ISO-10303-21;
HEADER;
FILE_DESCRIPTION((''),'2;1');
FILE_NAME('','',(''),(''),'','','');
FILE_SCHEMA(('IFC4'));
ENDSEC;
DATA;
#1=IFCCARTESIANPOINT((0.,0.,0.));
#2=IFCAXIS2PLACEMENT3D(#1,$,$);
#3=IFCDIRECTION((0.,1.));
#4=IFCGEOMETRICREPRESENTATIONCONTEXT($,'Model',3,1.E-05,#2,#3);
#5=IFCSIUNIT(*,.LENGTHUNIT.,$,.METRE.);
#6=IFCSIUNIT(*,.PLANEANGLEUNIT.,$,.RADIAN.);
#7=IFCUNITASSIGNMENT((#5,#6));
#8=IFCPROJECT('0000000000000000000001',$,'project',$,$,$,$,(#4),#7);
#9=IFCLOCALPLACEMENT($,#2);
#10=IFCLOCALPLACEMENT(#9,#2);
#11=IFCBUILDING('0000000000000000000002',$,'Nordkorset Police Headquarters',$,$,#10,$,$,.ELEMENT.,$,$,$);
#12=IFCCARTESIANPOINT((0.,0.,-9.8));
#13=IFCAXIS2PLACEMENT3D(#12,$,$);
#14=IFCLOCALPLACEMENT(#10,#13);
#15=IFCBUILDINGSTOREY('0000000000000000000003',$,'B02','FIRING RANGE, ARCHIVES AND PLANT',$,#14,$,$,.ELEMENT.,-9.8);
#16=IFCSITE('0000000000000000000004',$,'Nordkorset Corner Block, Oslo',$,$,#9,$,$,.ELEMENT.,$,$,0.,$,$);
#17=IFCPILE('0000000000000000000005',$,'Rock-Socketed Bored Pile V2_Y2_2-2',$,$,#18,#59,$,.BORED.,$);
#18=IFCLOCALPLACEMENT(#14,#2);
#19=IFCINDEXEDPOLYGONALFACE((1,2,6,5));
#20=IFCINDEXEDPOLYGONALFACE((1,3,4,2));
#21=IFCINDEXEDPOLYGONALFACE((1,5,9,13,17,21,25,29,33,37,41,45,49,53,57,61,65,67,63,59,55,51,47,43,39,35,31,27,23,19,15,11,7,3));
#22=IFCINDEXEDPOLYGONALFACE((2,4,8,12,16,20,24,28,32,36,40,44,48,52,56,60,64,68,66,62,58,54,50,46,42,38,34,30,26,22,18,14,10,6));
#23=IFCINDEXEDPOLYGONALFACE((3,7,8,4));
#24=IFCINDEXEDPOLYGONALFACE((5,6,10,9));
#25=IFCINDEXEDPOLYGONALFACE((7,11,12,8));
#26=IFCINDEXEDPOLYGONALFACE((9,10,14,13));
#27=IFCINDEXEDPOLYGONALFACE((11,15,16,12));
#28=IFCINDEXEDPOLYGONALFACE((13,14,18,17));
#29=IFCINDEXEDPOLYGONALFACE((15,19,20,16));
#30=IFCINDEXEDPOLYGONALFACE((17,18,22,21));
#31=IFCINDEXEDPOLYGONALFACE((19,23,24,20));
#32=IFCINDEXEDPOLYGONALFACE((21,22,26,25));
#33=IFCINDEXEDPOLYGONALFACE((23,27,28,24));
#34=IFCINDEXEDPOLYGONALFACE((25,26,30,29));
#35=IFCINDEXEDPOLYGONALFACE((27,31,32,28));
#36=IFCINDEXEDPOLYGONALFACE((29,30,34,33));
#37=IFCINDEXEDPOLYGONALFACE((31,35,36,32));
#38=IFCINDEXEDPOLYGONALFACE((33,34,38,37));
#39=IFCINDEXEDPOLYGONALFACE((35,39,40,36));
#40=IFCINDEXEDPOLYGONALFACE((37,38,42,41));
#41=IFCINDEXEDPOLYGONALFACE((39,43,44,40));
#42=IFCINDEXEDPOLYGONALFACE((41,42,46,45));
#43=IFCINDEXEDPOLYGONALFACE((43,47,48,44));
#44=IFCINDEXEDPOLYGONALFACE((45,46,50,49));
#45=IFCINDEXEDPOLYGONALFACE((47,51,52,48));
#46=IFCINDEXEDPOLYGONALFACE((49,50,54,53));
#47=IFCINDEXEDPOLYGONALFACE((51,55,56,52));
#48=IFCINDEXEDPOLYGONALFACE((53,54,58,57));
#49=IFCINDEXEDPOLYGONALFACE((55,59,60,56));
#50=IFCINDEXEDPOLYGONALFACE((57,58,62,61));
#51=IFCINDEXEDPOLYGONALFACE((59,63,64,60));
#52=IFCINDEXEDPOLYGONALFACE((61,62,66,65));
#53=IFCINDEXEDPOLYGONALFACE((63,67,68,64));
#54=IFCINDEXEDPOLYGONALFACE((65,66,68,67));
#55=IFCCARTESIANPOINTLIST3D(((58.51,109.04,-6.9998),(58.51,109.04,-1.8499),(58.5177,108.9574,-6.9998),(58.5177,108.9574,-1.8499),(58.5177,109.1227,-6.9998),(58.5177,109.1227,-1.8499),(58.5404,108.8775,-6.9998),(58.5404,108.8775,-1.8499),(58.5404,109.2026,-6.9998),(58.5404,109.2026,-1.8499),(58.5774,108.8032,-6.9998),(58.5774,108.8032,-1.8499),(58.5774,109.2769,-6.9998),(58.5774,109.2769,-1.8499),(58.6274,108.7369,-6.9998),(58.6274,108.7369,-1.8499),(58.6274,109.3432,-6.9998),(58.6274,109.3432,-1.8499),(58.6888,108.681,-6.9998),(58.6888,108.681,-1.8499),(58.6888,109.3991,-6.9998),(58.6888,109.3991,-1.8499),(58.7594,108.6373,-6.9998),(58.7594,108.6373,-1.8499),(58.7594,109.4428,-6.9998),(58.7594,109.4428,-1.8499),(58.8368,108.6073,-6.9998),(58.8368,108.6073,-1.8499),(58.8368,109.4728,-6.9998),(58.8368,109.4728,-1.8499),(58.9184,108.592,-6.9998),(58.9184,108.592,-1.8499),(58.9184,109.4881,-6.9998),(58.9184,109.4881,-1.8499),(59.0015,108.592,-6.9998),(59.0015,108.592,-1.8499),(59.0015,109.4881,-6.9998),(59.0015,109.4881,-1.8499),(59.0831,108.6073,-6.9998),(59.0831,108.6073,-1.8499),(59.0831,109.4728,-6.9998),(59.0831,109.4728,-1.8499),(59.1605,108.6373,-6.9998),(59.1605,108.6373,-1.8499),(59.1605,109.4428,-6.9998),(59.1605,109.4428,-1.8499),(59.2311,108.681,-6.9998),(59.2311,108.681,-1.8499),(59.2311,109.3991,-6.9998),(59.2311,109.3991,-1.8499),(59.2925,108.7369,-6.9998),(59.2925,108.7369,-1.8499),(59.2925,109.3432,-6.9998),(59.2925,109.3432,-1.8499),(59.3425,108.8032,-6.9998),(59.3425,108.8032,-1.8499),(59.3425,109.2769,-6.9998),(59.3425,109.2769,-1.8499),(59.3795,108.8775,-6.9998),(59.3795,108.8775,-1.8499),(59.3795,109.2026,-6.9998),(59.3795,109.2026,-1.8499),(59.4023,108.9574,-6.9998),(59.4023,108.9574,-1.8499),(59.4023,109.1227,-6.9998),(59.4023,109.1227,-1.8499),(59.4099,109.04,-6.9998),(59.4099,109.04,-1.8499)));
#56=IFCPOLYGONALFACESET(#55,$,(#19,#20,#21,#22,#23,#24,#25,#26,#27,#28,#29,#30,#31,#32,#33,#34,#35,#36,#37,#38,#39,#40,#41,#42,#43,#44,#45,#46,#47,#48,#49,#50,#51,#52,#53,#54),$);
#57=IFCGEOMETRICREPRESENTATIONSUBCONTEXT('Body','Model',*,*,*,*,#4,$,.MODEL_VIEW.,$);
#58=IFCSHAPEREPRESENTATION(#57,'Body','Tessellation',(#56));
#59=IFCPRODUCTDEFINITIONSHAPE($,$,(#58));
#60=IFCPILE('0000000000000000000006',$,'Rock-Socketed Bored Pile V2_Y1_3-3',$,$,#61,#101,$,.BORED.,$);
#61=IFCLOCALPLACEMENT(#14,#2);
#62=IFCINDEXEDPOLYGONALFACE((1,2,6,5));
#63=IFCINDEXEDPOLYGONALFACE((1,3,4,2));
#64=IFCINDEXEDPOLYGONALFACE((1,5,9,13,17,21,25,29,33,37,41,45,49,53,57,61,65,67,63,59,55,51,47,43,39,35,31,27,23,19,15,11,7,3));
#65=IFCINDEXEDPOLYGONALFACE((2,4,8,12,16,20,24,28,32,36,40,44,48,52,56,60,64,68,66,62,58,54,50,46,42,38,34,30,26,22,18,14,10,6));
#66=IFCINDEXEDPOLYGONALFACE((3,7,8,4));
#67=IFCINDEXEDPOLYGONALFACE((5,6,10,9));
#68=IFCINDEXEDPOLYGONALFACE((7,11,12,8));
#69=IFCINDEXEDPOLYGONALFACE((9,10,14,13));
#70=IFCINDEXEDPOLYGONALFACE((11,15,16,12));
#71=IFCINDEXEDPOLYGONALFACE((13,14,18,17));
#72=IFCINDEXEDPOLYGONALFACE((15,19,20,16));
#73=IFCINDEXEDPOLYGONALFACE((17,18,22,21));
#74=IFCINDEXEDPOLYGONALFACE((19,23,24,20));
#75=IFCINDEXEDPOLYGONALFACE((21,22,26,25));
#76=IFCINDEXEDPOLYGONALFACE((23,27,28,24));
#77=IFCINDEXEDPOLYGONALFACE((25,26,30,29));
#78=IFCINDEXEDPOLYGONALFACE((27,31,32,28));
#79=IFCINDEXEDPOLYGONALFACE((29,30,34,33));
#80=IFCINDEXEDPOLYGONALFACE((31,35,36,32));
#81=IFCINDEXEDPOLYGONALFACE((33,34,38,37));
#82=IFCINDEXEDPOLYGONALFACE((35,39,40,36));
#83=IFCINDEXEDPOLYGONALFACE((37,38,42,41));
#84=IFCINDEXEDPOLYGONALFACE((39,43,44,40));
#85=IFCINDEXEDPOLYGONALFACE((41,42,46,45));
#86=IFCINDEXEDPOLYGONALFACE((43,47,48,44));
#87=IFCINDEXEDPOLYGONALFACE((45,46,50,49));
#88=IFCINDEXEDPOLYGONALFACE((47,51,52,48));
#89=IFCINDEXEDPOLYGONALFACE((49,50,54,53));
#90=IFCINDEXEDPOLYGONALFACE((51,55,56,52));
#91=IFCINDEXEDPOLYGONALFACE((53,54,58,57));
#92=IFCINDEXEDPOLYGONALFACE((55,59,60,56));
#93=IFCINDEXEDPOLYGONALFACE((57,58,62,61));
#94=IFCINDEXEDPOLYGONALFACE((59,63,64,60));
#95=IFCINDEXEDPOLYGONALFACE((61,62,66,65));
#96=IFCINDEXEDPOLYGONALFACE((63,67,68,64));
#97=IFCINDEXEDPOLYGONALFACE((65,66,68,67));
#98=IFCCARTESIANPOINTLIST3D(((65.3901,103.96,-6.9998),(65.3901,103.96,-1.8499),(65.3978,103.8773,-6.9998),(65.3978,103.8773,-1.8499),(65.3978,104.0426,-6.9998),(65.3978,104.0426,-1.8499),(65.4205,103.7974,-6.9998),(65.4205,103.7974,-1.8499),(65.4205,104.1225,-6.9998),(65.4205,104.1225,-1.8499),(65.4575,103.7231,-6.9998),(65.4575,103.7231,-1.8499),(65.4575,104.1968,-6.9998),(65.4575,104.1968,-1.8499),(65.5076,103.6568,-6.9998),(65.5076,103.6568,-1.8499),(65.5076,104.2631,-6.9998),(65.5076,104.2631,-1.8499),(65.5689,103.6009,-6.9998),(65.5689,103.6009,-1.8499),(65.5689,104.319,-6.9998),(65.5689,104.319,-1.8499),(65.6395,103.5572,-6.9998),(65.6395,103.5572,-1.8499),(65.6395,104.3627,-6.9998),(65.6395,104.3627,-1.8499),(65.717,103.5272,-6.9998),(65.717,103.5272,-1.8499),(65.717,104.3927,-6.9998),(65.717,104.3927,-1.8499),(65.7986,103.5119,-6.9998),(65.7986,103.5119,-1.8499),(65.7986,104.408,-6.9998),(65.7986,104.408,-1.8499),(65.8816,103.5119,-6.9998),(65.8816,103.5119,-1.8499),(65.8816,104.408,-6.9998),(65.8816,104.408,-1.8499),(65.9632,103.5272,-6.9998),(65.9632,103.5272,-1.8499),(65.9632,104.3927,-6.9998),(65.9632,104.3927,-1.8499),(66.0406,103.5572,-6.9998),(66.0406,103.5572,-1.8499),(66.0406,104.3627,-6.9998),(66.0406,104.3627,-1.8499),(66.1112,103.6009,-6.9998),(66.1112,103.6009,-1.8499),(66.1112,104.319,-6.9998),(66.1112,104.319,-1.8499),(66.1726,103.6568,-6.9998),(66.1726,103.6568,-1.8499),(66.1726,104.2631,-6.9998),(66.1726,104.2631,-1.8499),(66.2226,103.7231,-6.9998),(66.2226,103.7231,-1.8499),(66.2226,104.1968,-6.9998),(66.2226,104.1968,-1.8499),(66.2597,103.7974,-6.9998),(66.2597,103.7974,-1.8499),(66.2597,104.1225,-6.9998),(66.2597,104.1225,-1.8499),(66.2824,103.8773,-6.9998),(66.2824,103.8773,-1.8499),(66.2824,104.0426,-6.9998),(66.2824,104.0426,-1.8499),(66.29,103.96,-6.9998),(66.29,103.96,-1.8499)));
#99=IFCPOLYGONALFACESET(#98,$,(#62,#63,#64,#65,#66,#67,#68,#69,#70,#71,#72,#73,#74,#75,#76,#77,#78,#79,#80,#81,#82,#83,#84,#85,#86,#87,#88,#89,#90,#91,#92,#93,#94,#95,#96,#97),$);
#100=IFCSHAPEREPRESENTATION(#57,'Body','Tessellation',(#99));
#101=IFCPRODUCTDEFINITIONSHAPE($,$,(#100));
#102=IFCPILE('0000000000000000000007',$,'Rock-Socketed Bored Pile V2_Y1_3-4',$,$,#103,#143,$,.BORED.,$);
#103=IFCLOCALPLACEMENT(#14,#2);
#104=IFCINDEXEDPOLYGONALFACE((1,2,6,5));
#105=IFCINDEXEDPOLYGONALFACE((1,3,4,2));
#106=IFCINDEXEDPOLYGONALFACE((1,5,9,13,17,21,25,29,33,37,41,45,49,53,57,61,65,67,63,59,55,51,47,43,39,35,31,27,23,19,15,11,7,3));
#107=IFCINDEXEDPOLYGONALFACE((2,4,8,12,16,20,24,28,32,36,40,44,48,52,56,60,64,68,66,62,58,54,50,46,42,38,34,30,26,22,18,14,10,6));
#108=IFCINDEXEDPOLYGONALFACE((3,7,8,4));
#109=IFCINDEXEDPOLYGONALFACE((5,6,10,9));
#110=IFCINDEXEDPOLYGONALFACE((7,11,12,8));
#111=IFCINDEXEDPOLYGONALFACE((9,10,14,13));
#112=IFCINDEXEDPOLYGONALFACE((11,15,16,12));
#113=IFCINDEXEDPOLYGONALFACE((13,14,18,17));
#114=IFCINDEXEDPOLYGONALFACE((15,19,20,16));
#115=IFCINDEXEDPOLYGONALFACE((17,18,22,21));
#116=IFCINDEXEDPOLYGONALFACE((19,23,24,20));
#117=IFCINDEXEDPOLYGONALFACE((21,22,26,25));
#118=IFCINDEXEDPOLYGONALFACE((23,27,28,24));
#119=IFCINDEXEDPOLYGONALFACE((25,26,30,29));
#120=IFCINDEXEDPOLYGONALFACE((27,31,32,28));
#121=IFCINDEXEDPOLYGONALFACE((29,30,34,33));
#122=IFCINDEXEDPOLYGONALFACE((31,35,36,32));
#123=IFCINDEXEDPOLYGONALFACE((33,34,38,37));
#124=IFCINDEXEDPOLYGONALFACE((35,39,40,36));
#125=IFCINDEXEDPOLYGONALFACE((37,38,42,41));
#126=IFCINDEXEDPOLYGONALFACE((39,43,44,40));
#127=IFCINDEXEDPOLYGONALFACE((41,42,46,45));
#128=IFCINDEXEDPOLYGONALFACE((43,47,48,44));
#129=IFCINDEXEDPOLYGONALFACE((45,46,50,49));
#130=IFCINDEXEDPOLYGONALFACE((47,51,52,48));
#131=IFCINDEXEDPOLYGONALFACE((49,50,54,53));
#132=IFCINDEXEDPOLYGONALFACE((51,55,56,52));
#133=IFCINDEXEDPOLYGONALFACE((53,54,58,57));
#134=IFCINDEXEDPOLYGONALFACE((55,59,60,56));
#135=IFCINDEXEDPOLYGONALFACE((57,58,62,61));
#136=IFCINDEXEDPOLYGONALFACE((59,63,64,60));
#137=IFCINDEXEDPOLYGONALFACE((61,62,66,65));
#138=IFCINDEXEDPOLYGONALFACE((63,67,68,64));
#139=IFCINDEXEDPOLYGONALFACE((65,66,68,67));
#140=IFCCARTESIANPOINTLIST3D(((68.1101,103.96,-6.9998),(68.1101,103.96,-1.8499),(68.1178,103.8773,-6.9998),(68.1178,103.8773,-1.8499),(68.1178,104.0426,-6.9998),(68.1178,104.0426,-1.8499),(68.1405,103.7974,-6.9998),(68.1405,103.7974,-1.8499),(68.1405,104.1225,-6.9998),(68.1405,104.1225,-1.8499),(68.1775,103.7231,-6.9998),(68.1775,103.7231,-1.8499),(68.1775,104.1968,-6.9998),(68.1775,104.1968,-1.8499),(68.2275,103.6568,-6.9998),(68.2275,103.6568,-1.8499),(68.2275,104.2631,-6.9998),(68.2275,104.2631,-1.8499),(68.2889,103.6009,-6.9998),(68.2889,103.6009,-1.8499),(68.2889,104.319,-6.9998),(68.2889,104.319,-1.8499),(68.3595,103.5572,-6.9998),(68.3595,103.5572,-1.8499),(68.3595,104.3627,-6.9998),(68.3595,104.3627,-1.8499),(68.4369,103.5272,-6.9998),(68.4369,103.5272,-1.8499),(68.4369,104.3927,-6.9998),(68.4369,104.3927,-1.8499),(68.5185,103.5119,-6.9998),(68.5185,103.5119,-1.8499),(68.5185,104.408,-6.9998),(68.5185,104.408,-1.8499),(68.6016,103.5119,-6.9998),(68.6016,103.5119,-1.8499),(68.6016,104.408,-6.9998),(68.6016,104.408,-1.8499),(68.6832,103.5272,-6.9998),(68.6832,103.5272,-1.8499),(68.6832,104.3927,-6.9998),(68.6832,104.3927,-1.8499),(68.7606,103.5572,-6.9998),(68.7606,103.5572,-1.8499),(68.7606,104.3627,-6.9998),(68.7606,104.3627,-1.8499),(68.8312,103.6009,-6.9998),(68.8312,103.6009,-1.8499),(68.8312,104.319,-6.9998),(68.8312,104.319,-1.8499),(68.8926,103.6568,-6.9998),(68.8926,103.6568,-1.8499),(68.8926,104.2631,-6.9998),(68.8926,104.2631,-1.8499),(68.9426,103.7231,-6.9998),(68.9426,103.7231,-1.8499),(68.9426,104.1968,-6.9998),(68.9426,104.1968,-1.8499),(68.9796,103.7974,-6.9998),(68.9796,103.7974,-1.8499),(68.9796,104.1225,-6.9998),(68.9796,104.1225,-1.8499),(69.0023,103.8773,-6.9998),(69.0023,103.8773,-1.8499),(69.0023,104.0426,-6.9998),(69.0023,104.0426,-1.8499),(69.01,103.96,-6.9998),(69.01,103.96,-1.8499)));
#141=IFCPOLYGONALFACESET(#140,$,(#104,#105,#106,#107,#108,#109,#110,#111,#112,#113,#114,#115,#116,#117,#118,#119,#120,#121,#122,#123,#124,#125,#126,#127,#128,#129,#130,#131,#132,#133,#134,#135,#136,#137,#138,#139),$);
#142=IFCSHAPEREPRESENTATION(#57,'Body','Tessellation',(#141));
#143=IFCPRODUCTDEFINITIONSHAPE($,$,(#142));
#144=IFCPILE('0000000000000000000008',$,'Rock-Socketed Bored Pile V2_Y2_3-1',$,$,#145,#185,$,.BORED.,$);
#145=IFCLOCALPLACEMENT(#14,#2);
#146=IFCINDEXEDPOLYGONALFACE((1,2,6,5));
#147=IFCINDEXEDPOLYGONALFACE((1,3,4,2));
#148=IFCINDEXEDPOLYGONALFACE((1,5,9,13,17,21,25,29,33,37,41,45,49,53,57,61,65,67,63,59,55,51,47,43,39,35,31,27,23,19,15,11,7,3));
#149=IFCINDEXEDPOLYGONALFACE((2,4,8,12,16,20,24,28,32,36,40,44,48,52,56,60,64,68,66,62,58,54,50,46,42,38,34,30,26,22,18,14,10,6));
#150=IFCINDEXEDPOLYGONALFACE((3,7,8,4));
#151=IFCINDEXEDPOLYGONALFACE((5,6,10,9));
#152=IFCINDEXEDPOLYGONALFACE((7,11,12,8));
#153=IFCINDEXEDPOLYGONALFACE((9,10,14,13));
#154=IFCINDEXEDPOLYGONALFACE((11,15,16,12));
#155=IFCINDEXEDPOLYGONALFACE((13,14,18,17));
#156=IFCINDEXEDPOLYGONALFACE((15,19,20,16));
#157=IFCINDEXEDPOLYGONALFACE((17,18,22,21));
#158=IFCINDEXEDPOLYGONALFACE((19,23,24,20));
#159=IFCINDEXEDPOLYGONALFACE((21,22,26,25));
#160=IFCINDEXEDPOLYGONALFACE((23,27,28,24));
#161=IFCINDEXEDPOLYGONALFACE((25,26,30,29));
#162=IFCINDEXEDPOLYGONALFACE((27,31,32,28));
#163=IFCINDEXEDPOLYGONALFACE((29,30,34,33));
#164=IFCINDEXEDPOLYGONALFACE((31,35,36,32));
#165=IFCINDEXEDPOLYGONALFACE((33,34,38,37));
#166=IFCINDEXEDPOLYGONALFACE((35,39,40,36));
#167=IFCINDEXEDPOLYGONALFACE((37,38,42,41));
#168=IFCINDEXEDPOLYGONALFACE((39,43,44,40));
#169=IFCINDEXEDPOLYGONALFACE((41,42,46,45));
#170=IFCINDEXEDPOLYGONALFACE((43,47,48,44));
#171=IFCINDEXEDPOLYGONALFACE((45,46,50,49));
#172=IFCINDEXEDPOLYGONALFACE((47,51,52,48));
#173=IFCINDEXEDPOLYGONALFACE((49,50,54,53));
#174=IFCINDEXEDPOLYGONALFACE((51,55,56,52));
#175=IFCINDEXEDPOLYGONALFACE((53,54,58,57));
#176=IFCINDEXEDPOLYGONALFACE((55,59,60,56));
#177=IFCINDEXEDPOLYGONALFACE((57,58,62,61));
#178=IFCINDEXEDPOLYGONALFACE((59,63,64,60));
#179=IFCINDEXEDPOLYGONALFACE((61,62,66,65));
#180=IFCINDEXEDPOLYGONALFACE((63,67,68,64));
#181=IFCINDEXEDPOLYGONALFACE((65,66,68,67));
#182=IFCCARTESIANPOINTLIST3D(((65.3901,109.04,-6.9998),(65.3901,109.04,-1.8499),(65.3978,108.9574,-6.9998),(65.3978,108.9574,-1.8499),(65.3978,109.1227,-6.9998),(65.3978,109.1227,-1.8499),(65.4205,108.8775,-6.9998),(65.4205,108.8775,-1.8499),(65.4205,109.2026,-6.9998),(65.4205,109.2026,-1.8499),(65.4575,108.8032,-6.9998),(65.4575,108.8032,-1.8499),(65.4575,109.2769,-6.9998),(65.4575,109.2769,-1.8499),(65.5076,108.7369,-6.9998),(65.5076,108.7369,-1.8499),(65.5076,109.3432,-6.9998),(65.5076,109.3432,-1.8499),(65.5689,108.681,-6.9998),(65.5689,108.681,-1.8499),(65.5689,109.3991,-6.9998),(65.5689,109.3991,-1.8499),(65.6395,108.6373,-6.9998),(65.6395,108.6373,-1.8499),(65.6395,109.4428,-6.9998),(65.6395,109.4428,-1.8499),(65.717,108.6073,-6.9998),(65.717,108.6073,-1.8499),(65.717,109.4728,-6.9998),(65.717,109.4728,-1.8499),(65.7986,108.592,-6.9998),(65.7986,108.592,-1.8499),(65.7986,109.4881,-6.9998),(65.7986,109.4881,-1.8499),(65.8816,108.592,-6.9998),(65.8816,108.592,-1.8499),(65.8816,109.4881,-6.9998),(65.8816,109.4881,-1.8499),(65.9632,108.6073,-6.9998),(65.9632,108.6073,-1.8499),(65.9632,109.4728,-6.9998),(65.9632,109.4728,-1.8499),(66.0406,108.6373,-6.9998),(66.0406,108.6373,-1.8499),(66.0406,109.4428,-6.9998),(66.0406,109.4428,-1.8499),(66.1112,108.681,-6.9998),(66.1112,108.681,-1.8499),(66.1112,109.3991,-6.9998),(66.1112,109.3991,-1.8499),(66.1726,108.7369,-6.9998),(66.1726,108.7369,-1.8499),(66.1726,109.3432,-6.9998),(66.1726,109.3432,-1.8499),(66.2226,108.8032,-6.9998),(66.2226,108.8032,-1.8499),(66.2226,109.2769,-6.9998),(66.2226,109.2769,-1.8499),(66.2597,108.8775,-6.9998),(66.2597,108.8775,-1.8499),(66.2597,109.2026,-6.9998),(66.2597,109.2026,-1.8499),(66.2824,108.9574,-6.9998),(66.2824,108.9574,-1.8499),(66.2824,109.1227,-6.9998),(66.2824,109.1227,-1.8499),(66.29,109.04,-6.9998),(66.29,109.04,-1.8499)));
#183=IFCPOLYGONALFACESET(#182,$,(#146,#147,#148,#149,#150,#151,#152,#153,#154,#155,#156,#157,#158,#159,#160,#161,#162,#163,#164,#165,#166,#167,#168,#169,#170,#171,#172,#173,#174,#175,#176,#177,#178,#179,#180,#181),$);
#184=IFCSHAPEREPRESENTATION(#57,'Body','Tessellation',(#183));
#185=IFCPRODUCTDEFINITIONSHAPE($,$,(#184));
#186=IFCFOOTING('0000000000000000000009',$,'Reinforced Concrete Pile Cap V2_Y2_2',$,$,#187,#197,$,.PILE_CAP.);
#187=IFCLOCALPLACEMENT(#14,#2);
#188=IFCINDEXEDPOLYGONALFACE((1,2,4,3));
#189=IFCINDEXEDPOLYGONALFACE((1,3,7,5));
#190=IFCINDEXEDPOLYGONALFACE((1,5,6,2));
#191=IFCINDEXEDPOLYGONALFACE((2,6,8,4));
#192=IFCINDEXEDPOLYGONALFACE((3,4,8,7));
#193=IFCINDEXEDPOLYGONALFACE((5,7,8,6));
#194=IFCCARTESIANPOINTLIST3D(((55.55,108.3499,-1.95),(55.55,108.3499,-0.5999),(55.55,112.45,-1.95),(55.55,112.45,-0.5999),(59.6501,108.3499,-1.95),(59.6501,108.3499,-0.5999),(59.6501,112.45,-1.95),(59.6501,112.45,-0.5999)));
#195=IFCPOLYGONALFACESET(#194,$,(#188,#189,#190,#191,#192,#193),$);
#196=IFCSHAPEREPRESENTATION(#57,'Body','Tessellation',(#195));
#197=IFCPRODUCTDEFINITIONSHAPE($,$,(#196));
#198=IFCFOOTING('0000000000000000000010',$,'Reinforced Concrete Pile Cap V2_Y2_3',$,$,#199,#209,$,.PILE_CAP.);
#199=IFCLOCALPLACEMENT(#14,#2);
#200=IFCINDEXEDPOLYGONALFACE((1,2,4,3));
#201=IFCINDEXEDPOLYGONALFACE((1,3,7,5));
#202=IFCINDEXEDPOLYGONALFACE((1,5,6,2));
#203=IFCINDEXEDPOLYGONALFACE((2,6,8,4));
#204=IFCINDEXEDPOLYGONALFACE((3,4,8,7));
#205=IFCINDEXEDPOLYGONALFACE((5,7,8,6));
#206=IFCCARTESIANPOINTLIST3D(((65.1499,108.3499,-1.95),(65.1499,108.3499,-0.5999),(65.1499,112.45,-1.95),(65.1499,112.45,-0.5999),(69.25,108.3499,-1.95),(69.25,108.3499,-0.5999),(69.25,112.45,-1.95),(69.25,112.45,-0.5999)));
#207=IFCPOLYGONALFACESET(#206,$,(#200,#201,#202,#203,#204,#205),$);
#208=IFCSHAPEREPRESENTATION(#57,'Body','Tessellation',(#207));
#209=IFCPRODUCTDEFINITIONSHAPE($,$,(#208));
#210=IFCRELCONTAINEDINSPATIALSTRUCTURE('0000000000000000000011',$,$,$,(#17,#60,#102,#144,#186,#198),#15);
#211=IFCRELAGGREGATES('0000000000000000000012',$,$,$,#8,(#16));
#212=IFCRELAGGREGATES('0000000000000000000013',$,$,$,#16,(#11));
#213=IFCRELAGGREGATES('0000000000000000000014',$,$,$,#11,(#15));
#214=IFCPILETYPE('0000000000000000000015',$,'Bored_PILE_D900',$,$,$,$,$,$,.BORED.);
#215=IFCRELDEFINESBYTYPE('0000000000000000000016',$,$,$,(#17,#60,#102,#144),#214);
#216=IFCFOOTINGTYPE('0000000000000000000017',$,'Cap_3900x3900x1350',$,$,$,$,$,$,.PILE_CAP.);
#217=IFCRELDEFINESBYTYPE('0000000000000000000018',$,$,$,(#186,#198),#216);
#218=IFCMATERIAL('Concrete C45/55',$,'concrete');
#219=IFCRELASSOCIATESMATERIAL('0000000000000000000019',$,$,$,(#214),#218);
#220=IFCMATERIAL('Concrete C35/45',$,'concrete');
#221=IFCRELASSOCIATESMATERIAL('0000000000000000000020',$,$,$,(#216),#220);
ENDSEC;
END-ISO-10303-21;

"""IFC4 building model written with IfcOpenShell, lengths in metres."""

from ifc_helpers import new_model, si_unit, direction, frame, origin, origin_2d, place, context, subcontext, project, spatial, rectangle, circle, extrude, material, material_profile, profile_set, type_object, element, save


model = new_model("IFC4")

# Units and contexts
model_context = context("Model", 3, precision=1e-05, world=origin(), true_north=direction((0.0, 1.0)))
body_context = subcontext(model_context, "Body", "Model", "MODEL_VIEW")
ifc_project = project(units=[si_unit("LENGTHUNIT", "METRE"), si_unit("PLANEANGLEUNIT", "RADIAN")], contexts=[model_context])

# Site, building, storey
site_placement = place(None, origin())
site = spatial("IfcSite", under=ifc_project, at=site_placement, Name="Nordkorset Corner Block, Oslo", CompositionType="ELEMENT", RefElevation=0.0)
building_placement = place(site_placement, origin())
building = spatial("IfcBuilding", under=site, at=building_placement, Name="Nordkorset Police Headquarters", CompositionType="ELEMENT")
storey_placement = place(building_placement, frame((0.0, 0.0, -9.8)))
storey = spatial("IfcBuildingStorey", under=building, at=storey_placement, Name="B02", Description="FIRING RANGE, ARCHIVES AND PLANT", CompositionType="ELEMENT", Elevation=-9.8)

# Piles
ifc_material_1 = material(Name="Concrete C45/55", Category="concrete")
ifc_material_profile_1 = material_profile(ifc_material_1, circle(Radius=0.45, at=origin_2d()), Name="PILE D900")
ifc_profile_set_1 = profile_set([ifc_material_profile_1], Name="Concrete C45/55")
pile_type = type_object("IfcPileType", Name="Bored_PILE_D900", PredefinedType="BORED", material=ifc_profile_set_1)
for number, where, z_axis, x_axis, name in (
    (1, (58.96, 109.04, -1.8499), (0.0, 0.0, -1.0), (1.0, 0.0, 0.0), "Rock-Socketed Bored Pile V2_Y2_2-2"),
    (2, (65.8401, 103.96, -1.8499), (0.0, 0.0, -1.0), (1.0, 0.0, 0.0), "Rock-Socketed Bored Pile V2_Y1_3-3"),
    (3, (68.5601, 103.96, -1.8499), (0.0, 0.0, -1.0), (1.0, 0.0, 0.0), "Rock-Socketed Bored Pile V2_Y1_3-4"),
    (4, (65.8401, 109.04, -1.8499), (0.0, 0.0, -1.0), (1.0, 0.0, 0.0), "Rock-Socketed Bored Pile V2_Y2_3-1"),
):
    element("IfcPile", number, at=place(storey_placement, frame(where, z_axis=z_axis, x_axis=x_axis)), inside=storey, type_object=pile_type, Name=name, PredefinedType="BORED", context=body_context, shape_type="SweptSolid", body=[
        extrude(circle(Radius=0.45, at=origin_2d()), origin(), (0.0, 0.0, 1.0), 5.1499),
    ])

# Footings
ifc_material_2 = material(Name="Concrete C35/45", Category="concrete")
footing_type = type_object("IfcFootingType", Name="Cap_3900x3900x1350", PredefinedType="PILE_CAP", material=ifc_material_2)
for number, where, z_axis, x_axis, name in (
    (5, (57.6001, 110.3999, -1.95), (0.0, 0.0, 1.0), (1.0, 0.0, 0.0), "Reinforced Concrete Pile Cap V2_Y2_2"),
    (6, (67.2, 110.3999, -1.95), (0.0, 0.0, 1.0), (1.0, 0.0, 0.0), "Reinforced Concrete Pile Cap V2_Y2_3"),
):
    element("IfcFooting", number, at=place(storey_placement, frame(where, z_axis=z_axis, x_axis=x_axis)), inside=storey, type_object=footing_type, Name=name, PredefinedType="PILE_CAP", context=body_context, shape_type="SweptSolid", body=[
        extrude(rectangle(XDim=4.1001, YDim=4.1001, at=origin_2d()), origin(), (0.0, 0.0, 1.0), 1.3501),
    ])

save(model, "model.ifc")
